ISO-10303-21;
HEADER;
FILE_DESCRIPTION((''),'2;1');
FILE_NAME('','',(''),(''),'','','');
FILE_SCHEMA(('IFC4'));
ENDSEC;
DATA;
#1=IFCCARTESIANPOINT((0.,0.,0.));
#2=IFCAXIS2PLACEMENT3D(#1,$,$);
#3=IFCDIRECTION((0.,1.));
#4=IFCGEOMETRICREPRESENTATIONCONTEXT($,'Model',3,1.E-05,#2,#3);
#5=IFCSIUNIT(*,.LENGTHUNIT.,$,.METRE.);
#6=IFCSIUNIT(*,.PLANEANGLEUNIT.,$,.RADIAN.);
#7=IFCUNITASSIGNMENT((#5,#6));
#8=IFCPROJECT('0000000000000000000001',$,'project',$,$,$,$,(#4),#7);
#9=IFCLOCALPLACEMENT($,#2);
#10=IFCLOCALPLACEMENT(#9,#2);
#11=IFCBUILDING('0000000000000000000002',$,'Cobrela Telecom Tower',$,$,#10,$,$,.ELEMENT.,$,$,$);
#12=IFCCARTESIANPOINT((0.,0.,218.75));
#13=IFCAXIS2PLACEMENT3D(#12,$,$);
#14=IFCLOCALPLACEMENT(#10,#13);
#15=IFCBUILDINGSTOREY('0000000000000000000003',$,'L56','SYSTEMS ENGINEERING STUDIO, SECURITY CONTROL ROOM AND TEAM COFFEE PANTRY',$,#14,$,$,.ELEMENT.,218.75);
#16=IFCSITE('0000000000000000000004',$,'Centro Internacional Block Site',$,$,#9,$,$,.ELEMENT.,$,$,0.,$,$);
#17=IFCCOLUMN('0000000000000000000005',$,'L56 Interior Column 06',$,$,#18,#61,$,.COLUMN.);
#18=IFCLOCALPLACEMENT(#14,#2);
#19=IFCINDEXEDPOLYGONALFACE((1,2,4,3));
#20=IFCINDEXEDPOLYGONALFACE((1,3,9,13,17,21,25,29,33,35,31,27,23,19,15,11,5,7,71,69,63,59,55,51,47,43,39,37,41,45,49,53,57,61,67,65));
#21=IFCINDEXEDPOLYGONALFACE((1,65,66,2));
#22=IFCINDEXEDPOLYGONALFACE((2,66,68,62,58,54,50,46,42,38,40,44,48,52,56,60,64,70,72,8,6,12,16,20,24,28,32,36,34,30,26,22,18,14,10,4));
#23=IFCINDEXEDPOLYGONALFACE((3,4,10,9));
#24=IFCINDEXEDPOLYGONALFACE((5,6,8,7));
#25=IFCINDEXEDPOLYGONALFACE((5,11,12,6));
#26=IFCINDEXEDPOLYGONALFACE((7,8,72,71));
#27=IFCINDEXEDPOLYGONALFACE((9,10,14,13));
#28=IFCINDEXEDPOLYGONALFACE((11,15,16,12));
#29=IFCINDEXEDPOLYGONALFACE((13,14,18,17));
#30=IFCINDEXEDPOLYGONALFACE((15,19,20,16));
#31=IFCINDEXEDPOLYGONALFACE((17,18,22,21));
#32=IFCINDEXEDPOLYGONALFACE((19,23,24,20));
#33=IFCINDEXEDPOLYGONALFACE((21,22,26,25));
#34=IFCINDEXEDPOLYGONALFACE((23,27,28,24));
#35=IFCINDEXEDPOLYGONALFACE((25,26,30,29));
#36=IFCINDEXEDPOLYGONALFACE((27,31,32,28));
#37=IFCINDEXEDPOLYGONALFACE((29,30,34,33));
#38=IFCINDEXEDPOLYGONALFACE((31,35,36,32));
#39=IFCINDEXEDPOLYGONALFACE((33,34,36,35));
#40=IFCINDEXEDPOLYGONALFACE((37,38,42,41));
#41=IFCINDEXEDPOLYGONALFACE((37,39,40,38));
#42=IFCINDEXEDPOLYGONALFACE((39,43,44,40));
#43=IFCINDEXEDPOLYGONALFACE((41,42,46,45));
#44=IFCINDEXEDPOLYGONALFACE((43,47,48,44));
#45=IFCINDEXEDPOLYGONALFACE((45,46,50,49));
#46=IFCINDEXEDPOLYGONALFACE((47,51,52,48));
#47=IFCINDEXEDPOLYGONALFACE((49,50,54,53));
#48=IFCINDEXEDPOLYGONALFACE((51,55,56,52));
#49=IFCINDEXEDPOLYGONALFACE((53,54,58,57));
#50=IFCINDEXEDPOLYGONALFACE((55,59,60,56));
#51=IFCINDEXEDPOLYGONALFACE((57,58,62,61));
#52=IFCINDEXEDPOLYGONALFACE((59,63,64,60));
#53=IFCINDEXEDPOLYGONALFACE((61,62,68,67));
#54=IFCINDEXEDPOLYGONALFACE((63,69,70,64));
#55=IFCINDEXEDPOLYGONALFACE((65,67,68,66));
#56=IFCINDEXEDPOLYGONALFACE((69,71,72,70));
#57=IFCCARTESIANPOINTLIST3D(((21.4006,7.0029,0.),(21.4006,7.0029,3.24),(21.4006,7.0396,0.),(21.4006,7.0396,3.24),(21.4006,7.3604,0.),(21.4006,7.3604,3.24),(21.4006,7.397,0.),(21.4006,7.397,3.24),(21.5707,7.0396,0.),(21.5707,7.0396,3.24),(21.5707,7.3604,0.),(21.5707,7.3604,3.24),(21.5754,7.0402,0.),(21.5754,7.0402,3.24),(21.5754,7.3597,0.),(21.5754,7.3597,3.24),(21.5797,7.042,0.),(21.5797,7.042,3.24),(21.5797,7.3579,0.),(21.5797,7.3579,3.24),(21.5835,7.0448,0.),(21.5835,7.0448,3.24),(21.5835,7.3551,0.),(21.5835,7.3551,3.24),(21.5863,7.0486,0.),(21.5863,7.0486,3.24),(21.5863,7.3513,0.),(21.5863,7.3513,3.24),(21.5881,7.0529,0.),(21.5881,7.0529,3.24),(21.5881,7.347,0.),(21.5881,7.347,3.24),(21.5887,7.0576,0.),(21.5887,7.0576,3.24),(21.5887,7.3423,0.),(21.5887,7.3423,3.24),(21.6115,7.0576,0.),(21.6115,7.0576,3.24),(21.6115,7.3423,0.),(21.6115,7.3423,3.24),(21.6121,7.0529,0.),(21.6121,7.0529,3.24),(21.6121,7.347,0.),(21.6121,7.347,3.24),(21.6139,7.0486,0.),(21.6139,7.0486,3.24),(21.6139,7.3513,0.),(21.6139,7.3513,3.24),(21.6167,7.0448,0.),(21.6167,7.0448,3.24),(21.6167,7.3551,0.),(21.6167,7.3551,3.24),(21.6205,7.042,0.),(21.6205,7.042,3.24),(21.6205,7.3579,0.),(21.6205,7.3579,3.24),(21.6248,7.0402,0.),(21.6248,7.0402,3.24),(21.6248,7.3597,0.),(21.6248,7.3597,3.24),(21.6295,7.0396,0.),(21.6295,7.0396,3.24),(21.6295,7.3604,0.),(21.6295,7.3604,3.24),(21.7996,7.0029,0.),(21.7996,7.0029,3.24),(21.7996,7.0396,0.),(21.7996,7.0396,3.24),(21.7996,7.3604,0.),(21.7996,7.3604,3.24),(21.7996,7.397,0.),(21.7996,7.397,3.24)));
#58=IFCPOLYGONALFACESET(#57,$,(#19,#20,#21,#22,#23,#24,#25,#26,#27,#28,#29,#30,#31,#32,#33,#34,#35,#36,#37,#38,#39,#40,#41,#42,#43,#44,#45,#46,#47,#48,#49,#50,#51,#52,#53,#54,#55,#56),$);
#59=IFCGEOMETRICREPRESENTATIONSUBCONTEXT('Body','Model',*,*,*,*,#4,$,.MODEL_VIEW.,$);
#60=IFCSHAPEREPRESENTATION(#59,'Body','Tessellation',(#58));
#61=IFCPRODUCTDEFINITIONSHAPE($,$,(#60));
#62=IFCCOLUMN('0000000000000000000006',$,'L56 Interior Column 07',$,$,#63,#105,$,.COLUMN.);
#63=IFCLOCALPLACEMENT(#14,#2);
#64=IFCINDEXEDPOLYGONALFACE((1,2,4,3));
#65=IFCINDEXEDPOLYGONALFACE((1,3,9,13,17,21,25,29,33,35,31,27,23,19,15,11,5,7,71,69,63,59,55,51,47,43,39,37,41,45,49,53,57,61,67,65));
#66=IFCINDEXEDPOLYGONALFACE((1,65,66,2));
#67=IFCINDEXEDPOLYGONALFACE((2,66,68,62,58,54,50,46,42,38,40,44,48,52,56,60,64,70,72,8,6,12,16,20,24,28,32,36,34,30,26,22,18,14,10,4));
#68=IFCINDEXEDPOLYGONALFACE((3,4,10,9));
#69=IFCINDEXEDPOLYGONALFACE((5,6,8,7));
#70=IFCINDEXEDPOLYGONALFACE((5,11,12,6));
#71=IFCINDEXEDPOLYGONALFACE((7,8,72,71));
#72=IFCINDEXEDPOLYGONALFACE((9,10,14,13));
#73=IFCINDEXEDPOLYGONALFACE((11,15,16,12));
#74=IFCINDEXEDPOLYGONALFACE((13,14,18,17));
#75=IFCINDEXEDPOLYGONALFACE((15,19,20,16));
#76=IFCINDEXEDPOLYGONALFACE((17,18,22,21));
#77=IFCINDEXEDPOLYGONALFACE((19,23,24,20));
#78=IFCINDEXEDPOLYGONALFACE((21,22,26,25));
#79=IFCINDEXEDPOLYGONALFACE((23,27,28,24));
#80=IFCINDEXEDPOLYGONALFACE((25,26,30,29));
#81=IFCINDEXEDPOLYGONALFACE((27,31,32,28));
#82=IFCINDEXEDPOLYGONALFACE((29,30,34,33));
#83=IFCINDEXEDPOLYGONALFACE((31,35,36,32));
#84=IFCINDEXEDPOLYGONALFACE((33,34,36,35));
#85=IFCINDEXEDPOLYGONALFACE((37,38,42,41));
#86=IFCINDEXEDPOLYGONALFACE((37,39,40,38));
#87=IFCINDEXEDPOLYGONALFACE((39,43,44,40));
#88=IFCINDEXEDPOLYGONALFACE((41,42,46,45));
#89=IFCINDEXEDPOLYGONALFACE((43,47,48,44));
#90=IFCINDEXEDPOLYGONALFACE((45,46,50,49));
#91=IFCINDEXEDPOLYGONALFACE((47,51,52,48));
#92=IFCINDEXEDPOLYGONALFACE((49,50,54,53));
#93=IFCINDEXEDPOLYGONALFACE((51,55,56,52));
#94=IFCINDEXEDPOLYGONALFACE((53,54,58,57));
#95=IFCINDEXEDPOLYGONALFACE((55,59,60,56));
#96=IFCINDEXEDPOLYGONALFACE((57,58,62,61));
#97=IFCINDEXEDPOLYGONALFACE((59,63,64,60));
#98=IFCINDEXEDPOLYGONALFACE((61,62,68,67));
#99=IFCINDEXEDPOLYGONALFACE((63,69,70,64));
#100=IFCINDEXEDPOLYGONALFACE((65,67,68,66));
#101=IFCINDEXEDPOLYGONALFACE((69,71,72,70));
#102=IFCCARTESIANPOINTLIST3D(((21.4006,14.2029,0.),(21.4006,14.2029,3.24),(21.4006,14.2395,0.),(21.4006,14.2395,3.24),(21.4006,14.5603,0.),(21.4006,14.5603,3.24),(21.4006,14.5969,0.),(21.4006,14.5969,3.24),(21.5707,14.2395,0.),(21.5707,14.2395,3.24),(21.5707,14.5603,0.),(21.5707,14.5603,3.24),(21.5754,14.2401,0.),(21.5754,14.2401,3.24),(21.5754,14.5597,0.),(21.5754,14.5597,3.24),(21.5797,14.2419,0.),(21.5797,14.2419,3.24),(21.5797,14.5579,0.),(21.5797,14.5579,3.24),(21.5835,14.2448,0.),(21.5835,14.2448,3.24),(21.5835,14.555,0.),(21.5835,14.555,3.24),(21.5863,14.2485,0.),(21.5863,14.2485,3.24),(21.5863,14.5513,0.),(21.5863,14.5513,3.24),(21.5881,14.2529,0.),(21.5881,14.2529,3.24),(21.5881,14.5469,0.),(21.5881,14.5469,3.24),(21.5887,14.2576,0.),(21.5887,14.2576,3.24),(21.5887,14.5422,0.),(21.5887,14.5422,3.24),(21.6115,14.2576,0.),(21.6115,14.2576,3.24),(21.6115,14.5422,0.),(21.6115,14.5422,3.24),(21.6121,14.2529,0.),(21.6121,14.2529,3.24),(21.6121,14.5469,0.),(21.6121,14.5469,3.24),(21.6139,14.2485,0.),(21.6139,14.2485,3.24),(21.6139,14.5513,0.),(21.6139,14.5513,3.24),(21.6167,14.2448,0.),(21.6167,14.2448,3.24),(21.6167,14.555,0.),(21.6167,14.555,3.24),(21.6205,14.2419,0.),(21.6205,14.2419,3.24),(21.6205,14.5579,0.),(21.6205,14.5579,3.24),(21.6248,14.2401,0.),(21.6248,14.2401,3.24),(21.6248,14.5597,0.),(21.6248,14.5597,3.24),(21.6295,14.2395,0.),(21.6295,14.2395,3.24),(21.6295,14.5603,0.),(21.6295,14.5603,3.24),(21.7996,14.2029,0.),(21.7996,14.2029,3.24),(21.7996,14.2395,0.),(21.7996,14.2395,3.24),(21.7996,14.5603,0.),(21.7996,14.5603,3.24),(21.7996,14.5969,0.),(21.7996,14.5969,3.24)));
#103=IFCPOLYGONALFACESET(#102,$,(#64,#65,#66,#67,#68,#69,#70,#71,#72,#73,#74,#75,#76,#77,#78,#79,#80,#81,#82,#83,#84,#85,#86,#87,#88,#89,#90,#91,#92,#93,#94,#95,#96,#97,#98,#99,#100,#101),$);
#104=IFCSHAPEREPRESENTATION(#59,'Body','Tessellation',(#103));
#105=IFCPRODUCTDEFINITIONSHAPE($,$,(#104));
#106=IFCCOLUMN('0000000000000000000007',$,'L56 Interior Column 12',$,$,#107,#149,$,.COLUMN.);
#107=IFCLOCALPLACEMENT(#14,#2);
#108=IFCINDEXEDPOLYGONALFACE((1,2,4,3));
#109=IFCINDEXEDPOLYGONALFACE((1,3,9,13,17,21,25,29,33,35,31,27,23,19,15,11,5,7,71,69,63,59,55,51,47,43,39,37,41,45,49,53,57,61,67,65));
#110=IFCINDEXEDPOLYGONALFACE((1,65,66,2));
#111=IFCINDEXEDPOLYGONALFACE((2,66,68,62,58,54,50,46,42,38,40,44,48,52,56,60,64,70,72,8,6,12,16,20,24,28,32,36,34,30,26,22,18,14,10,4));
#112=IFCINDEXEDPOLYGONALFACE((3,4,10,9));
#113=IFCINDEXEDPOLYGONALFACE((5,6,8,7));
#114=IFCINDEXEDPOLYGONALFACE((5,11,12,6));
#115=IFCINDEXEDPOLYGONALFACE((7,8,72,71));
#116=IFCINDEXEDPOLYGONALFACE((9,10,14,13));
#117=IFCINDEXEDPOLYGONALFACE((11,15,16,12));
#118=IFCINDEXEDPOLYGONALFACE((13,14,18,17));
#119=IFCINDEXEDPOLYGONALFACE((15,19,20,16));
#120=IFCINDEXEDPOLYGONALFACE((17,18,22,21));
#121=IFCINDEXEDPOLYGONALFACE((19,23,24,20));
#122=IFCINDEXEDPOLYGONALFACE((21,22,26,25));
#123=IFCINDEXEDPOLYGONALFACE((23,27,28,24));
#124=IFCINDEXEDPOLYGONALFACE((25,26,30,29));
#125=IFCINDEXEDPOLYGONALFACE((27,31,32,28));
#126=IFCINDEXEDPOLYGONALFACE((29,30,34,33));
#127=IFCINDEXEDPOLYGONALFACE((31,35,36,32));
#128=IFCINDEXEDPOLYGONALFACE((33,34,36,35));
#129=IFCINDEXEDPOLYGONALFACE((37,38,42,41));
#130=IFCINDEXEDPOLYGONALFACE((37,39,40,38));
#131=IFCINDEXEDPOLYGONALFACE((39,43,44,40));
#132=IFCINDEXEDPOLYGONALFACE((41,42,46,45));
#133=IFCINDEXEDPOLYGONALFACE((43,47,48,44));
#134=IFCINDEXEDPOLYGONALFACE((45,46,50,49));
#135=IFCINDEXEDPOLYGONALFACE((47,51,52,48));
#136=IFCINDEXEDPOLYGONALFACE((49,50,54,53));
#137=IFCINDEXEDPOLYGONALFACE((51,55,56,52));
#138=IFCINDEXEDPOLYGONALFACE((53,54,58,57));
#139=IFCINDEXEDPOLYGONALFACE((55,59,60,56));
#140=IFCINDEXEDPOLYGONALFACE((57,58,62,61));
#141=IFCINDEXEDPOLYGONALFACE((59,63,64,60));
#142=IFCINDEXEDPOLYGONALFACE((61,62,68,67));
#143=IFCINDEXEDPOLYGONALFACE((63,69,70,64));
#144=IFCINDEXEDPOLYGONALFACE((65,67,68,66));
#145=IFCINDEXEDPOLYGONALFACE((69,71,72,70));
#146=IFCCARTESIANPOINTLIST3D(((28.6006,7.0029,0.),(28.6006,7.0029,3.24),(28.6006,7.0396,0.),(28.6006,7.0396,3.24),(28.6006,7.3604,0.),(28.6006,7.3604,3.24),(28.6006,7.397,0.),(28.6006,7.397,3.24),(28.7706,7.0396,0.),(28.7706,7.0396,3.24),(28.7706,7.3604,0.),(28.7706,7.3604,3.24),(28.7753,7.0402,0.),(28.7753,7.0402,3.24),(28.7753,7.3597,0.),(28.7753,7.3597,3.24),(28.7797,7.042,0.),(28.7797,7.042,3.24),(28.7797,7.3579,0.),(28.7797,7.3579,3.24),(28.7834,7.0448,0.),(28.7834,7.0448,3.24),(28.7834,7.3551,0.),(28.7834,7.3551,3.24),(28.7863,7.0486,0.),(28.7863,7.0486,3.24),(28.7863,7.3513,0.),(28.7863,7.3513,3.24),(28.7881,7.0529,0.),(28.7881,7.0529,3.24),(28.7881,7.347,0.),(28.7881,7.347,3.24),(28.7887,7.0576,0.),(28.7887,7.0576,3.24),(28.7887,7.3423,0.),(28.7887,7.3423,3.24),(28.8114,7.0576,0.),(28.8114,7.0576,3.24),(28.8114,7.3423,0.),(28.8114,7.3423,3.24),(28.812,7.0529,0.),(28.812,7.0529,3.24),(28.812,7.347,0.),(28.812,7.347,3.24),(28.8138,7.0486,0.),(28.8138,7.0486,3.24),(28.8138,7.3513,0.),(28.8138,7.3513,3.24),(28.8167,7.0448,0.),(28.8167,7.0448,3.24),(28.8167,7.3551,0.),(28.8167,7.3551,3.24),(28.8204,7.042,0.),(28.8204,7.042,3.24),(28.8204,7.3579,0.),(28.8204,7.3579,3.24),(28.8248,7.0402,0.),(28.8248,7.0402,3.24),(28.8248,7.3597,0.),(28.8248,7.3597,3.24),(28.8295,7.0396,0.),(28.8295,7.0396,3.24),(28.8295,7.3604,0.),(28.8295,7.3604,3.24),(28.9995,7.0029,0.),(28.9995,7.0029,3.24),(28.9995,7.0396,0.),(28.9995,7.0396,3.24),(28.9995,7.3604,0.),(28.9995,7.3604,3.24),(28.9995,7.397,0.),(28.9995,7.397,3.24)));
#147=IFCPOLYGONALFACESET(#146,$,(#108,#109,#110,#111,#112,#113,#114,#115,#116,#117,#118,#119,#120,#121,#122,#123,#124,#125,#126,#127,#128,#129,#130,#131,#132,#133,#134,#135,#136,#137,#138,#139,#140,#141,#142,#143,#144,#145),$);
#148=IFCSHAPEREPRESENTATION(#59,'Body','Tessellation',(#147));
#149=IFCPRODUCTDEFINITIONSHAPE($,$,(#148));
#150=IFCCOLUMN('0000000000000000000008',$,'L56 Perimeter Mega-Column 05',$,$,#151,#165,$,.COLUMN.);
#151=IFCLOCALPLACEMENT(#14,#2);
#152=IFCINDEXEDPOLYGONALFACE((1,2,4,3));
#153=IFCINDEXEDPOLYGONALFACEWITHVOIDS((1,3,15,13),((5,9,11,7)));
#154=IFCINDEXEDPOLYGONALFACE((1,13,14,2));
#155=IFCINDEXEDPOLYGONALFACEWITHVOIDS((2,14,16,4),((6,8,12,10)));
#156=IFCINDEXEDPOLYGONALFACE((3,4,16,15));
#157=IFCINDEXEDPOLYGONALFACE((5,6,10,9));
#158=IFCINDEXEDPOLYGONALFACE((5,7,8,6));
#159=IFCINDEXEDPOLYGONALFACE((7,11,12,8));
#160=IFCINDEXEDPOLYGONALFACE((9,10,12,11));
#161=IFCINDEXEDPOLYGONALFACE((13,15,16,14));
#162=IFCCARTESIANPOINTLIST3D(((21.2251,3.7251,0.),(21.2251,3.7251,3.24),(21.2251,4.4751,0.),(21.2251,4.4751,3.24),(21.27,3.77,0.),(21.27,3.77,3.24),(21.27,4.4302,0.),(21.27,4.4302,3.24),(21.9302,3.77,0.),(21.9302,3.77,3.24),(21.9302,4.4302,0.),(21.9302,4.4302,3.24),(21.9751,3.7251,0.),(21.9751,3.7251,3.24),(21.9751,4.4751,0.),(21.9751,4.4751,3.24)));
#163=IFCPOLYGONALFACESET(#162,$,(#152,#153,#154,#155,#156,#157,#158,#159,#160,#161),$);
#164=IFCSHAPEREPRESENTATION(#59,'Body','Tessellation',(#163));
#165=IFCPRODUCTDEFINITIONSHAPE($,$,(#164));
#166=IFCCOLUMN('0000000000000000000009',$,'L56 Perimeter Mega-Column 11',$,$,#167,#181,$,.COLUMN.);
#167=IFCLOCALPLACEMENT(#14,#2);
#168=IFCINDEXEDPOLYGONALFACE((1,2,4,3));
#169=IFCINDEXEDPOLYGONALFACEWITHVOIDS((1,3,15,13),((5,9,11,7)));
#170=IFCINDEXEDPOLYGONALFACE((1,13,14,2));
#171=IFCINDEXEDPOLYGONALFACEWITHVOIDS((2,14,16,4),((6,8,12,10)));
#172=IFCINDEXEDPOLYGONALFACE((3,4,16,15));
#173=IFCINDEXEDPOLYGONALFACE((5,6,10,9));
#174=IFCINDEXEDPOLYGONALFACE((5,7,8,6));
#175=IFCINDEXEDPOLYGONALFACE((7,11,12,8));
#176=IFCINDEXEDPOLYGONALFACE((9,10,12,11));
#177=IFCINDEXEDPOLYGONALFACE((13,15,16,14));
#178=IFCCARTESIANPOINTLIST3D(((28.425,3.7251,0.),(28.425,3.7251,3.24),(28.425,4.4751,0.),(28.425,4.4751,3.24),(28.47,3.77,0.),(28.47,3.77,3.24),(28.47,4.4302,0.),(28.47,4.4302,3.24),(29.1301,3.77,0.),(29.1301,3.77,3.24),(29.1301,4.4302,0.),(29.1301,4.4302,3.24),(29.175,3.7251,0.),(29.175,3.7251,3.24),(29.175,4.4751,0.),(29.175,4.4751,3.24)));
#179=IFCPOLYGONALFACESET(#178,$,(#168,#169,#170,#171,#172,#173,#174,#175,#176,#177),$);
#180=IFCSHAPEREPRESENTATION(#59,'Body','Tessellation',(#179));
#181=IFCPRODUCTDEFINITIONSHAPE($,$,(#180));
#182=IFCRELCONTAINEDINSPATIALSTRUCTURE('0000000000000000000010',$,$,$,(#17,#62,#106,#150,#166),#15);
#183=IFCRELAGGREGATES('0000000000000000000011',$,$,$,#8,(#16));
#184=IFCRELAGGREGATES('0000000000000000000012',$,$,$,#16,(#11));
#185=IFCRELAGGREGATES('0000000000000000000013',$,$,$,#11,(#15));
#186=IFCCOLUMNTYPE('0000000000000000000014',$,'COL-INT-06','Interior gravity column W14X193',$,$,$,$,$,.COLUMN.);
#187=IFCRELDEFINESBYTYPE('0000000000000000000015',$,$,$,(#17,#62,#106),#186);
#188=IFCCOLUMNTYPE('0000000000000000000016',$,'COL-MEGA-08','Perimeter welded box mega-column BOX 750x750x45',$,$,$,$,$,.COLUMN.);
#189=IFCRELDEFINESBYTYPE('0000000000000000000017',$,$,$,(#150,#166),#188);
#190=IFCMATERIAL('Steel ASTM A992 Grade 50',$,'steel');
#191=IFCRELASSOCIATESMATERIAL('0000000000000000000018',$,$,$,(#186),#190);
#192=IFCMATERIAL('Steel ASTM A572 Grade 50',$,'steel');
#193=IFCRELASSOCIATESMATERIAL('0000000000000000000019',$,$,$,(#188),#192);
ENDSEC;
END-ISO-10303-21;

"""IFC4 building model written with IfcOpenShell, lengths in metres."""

from ifc_helpers import new_model, si_unit, direction, frame, origin, origin_2d, place, context, subcontext, project, spatial, hollow_rectangle, i_section, extrude, material, material_profile, profile_set, type_object, element, save


model = new_model("IFC4")

# Units and contexts
model_context = context("Model", 3, precision=1e-05, world=origin(), true_north=direction((0.0, 1.0)))
body_context = subcontext(model_context, "Body", "Model", "MODEL_VIEW")
ifc_project = project(units=[si_unit("LENGTHUNIT", "METRE"), si_unit("PLANEANGLEUNIT", "RADIAN")], contexts=[model_context])

# Site, building, storey
site_placement = place(None, origin())
site = spatial("IfcSite", under=ifc_project, at=site_placement, Name="Centro Internacional Block Site", CompositionType="ELEMENT", RefElevation=0.0)
building_placement = place(site_placement, origin())
building = spatial("IfcBuilding", under=site, at=building_placement, Name="Cobrela Telecom Tower", CompositionType="ELEMENT")
storey_placement = place(building_placement, frame((0.0, 0.0, 218.75)))
storey = spatial("IfcBuildingStorey", under=building, at=storey_placement, Name="L56", Description="SYSTEMS ENGINEERING STUDIO, SECURITY CONTROL ROOM AND TEAM COFFEE PANTRY", CompositionType="ELEMENT", Elevation=218.75)

# Columns
ifc_material_1 = material(Name="Steel ASTM A992 Grade 50", Category="steel")
ifc_material_profile_1 = material_profile(ifc_material_1, i_section(OverallWidth=0.3989, OverallDepth=0.394, WebThickness=0.0227, FlangeThickness=0.0366, FilletRadius=0.0181, at=origin_2d()), Name="W14X193")
ifc_profile_set_1 = profile_set([ifc_material_profile_1], Name="Steel ASTM A992 Grade 50")
column_type_1 = type_object("IfcColumnType", Name="COL-INT-06", Description="Interior gravity column W14X193", PredefinedType="COLUMN", material=ifc_profile_set_1)
for number, where, z_axis, x_axis, name in (
    (1, (21.6001, 7.2, 0.0), (0.0, 0.0, 1.0), (1.0, 0.0, 0.0), "L56 Interior Column 06"),
    (2, (21.6001, 14.3999, 0.0), (0.0, 0.0, 1.0), (1.0, 0.0, 0.0), "L56 Interior Column 07"),
    (3, (28.8, 7.2, 0.0), (0.0, 0.0, 1.0), (1.0, 0.0, 0.0), "L56 Interior Column 12"),
):
    element("IfcColumn", number, at=place(storey_placement, frame(where, z_axis=z_axis, x_axis=x_axis)), inside=storey, type_object=column_type_1, Name=name, PredefinedType="COLUMN", context=body_context, shape_type="SweptSolid", body=[
        extrude(i_section(OverallWidth=0.3989, OverallDepth=0.394, WebThickness=0.0227, FlangeThickness=0.0366, FilletRadius=0.0181, at=origin_2d()), origin(), (0.0, 0.0, 1.0), 3.24),
    ])
ifc_material_2 = material(Name="Steel ASTM A572 Grade 50", Category="steel")
ifc_material_profile_2 = material_profile(ifc_material_2, hollow_rectangle(XDim=0.75, YDim=0.75, WallThickness=0.0449, at=origin_2d()), Name="BOX 750x750x45")
ifc_profile_set_2 = profile_set([ifc_material_profile_2], Name="Steel ASTM A572 Grade 50")
column_type_2 = type_object("IfcColumnType", Name="COL-MEGA-08", Description="Perimeter welded box mega-column BOX 750x750x45", PredefinedType="COLUMN", material=ifc_profile_set_2)
for number, where, z_axis, x_axis, name in (
    (4, (21.6001, 4.1001, 0.0), (0.0, 0.0, 1.0), (1.0, 0.0, 0.0), "L56 Perimeter Mega-Column 05"),
    (5, (28.8, 4.1001, 0.0), (0.0, 0.0, 1.0), (1.0, 0.0, 0.0), "L56 Perimeter Mega-Column 11"),
):
    element("IfcColumn", number, at=place(storey_placement, frame(where, z_axis=z_axis, x_axis=x_axis)), inside=storey, type_object=column_type_2, Name=name, PredefinedType="COLUMN", context=body_context, shape_type="SweptSolid", body=[
        extrude(hollow_rectangle(XDim=0.75, YDim=0.75, WallThickness=0.0449, at=origin_2d()), origin(), (0.0, 0.0, 1.0), 3.24),
    ])

save(model, "model.ifc")
